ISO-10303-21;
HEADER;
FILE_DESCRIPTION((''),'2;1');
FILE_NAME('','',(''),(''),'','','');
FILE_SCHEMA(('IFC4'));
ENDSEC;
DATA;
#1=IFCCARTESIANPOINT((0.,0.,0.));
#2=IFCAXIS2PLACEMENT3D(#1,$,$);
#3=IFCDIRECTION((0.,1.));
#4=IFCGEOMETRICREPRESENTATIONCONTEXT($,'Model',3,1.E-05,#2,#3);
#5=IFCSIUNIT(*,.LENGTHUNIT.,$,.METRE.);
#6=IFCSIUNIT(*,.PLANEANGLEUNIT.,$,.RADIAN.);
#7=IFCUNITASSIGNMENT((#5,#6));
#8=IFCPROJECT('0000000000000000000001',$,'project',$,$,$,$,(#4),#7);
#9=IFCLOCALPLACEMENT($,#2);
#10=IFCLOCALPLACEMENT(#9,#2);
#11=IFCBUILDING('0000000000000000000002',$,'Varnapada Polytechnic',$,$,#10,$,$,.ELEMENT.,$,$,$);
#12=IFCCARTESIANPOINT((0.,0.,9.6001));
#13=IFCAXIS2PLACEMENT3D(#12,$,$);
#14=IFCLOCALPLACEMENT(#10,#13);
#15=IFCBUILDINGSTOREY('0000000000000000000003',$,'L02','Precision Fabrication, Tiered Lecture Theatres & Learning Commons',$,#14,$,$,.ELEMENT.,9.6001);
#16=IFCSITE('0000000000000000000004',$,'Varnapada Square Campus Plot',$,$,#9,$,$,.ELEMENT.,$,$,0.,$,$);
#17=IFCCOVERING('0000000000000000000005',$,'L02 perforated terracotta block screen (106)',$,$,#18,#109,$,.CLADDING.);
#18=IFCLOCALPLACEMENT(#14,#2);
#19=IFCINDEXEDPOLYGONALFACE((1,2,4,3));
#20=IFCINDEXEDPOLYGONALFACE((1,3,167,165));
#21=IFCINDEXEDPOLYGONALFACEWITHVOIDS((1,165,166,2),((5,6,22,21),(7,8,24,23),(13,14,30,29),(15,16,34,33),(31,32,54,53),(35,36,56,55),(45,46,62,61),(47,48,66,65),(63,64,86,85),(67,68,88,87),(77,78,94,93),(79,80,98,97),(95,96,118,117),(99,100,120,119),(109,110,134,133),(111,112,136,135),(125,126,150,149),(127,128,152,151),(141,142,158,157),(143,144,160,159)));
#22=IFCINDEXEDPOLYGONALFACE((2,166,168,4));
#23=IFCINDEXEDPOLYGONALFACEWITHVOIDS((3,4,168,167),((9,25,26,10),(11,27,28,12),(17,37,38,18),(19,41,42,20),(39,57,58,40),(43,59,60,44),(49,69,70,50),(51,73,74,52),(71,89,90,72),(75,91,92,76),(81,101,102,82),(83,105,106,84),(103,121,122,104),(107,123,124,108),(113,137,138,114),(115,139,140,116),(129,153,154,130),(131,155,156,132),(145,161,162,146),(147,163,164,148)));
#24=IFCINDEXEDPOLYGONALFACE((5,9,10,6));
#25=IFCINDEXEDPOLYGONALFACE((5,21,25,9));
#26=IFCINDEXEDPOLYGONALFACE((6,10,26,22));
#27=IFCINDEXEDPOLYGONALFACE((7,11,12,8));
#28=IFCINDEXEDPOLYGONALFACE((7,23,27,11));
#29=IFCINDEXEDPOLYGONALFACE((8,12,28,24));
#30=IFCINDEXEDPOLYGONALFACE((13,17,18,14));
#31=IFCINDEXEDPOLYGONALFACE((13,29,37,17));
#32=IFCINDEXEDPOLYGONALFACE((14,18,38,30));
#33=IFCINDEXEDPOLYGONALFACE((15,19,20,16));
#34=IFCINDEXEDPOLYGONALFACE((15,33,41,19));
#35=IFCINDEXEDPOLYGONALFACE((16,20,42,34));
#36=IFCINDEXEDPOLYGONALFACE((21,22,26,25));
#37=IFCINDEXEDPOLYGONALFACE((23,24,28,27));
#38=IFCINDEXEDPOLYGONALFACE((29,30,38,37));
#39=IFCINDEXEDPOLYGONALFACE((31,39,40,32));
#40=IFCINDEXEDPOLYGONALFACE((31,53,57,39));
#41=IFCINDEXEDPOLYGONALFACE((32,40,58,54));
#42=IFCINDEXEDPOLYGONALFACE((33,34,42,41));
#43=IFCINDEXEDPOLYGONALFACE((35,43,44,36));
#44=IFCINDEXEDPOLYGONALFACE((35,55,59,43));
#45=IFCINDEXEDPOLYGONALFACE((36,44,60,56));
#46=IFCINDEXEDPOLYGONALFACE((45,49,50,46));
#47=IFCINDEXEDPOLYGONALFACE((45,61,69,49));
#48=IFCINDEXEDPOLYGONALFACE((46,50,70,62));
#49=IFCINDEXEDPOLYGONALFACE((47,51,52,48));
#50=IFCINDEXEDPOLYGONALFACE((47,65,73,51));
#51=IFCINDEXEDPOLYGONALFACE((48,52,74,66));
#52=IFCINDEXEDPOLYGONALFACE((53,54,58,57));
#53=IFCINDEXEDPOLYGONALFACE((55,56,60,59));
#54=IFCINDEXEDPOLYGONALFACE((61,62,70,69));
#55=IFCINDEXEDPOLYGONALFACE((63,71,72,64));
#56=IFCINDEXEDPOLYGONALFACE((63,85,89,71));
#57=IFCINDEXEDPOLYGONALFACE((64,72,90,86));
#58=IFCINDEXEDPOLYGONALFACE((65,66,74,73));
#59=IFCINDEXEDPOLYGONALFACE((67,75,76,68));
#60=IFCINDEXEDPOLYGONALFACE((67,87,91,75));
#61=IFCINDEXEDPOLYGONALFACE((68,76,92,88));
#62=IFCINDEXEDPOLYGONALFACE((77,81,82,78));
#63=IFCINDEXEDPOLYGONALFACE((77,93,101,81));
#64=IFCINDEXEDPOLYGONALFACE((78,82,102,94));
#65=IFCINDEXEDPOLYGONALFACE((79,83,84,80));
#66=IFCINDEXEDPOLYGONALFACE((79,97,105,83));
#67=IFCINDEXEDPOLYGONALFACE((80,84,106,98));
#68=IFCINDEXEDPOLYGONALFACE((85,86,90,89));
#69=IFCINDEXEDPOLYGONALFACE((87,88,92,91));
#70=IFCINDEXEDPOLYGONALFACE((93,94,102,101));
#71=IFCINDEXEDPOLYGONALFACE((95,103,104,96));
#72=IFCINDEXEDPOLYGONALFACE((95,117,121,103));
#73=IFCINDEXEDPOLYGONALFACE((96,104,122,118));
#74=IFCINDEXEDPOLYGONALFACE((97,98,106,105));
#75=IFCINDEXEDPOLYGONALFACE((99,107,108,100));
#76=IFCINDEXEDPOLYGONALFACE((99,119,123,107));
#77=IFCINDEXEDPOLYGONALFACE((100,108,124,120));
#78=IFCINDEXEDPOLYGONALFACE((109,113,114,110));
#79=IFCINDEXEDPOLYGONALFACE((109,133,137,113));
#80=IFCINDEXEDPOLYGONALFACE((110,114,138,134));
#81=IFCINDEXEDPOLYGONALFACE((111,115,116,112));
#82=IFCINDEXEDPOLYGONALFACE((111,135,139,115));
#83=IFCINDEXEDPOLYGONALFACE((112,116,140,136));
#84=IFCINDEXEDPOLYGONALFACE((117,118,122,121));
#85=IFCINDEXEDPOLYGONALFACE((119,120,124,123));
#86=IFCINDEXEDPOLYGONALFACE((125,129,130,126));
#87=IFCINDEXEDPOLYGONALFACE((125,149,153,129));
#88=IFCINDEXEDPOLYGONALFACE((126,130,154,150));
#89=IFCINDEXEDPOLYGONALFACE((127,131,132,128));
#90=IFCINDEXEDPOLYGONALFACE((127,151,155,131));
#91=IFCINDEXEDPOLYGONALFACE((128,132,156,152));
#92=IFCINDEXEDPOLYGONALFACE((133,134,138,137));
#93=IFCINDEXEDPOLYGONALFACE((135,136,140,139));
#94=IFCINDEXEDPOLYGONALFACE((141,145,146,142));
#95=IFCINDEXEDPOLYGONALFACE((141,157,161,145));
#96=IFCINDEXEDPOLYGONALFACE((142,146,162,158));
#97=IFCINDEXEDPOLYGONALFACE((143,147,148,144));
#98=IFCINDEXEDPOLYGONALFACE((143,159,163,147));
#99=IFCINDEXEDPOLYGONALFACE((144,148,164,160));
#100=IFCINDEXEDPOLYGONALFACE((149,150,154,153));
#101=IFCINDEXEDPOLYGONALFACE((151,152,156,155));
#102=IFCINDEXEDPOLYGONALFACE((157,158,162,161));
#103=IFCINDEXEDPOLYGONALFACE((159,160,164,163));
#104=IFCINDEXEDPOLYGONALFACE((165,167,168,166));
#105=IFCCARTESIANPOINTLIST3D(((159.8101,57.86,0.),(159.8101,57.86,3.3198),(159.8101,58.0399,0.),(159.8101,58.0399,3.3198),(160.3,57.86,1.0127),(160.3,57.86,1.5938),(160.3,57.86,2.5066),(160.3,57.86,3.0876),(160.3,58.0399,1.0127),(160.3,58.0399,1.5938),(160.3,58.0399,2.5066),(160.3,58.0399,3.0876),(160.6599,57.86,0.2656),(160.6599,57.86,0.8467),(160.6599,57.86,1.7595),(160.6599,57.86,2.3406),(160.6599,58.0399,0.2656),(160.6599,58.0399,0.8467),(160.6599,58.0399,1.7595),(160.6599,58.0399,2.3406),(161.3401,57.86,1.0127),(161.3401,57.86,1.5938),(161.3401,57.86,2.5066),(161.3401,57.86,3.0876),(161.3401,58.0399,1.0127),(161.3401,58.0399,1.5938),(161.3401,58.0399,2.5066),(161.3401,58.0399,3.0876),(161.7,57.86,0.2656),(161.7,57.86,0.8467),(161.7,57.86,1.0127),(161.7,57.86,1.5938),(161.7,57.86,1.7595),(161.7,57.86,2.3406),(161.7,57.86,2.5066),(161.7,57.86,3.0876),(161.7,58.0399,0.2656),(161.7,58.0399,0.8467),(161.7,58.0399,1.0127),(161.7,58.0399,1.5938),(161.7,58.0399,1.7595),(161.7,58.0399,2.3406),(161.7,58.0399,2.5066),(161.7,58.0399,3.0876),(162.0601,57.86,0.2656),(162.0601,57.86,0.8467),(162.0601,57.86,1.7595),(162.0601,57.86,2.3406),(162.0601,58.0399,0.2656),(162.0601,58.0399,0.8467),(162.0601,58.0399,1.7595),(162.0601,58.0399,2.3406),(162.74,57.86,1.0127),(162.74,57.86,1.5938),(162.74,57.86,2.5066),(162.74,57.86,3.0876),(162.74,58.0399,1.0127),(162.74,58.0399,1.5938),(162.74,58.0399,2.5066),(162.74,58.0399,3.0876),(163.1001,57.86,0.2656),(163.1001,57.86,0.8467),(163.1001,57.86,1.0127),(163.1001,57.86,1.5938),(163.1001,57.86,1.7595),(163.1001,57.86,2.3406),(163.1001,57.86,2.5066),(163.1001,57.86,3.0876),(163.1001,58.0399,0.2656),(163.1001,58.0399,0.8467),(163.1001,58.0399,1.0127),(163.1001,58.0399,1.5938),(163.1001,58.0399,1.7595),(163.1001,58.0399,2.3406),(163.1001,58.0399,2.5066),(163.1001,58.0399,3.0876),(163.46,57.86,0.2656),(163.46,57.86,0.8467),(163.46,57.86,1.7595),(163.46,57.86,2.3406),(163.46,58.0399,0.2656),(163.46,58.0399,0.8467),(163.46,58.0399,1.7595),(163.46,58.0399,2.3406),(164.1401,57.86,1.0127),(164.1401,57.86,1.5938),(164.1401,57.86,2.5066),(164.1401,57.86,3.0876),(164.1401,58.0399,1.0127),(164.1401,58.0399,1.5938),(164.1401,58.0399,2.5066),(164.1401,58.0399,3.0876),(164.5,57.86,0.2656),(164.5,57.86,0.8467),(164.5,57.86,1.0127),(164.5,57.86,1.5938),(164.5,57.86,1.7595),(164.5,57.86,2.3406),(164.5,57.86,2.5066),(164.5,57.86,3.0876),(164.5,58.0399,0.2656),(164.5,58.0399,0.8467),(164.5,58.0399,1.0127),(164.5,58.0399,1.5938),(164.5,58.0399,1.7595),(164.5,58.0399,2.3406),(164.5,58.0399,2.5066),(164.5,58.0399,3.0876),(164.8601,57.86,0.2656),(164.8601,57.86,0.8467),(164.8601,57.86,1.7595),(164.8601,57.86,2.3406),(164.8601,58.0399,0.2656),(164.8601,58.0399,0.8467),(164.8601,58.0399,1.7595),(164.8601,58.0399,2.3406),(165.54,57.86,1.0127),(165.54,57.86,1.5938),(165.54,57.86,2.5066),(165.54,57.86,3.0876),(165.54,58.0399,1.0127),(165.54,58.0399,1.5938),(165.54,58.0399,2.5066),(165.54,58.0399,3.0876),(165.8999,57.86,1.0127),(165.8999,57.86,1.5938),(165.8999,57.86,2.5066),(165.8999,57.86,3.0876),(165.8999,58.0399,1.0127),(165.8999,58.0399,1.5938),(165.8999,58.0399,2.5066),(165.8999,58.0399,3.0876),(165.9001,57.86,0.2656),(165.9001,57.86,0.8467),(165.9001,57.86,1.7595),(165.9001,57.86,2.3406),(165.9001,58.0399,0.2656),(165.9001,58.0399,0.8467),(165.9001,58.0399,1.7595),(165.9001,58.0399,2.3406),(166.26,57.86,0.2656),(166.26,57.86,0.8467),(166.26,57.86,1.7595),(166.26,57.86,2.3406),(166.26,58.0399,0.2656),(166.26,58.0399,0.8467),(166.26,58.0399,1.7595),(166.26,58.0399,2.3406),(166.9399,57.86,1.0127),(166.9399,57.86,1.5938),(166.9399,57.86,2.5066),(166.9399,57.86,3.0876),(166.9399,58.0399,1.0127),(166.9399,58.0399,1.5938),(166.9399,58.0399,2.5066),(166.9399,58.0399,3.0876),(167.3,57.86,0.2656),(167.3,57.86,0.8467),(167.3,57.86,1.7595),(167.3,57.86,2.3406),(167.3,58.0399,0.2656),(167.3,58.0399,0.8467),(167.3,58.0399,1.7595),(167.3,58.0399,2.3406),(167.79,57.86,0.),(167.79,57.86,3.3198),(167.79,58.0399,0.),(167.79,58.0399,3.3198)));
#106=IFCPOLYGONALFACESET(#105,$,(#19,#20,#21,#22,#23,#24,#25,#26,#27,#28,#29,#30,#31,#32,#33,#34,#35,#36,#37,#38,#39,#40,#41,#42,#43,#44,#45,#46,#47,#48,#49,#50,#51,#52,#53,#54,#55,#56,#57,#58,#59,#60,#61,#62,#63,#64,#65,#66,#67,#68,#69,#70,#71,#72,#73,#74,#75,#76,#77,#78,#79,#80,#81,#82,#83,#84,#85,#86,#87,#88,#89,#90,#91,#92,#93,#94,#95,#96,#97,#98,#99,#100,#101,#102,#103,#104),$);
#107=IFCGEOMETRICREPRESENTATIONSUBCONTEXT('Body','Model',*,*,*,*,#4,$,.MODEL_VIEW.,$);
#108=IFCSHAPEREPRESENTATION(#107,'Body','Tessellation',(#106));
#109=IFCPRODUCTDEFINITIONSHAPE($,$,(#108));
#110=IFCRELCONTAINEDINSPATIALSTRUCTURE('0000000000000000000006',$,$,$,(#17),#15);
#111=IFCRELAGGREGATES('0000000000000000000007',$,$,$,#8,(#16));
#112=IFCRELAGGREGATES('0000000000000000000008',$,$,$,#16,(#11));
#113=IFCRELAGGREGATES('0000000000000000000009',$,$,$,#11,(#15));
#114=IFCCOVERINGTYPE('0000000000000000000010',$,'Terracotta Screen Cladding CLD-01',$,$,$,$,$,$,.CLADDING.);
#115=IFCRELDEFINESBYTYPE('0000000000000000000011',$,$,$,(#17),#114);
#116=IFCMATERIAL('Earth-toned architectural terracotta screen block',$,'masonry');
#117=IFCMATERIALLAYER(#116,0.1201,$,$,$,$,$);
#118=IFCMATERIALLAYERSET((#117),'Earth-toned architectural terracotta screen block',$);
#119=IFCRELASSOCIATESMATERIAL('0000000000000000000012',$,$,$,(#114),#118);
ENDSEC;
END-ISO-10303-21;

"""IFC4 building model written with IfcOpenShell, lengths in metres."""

from ifc_helpers import new_model, si_unit, direction, frame, frame_2d, origin, place, context, subcontext, project, spatial, rectangle, extrude, material, layer, layer_set, type_object, element, save


model = new_model("IFC4")

# Units and contexts
model_context = context("Model", 3, precision=1e-05, world=origin(), true_north=direction((0.0, 1.0)))
body_context = subcontext(model_context, "Body", "Model", "MODEL_VIEW")
ifc_project = project(units=[si_unit("LENGTHUNIT", "METRE"), si_unit("PLANEANGLEUNIT", "RADIAN")], contexts=[model_context])

# Site, building, storey
site_placement = place(None, origin())
site = spatial("IfcSite", under=ifc_project, at=site_placement, Name="Varnapada Square Campus Plot", CompositionType="ELEMENT", RefElevation=0.0)
building_placement = place(site_placement, origin())
building = spatial("IfcBuilding", under=site, at=building_placement, Name="Varnapada Polytechnic", CompositionType="ELEMENT")
storey_placement = place(building_placement, frame((0.0, 0.0, 9.6001)))
storey = spatial("IfcBuildingStorey", under=building, at=storey_placement, Name="L02", Description="Precision Fabrication, Tiered Lecture Theatres & Learning Commons", CompositionType="ELEMENT", Elevation=9.6001)

# Covering, openings
ifc_material_1 = material(Name="Earth-toned architectural terracotta screen block", Category="masonry")
ifc_layer_1 = layer(ifc_material_1, 0.1201)
ifc_layer_set_1 = layer_set([ifc_layer_1], Name="Earth-toned architectural terracotta screen block")
covering_type = type_object("IfcCoveringType", Name="Terracotta Screen Cladding CLD-01", PredefinedType="CLADDING", material=ifc_layer_set_1)
covering_placement = place(storey_placement, frame((167.79, 57.95, 0.0), z_axis=(0.0, 0.0, 1.0), x_axis=(-1.0, 0.0, 0.0)))
covering = element("IfcCovering", 1, at=covering_placement, inside=storey, type_object=covering_type, Name="L02 perforated terracotta block screen (106)", PredefinedType="CLADDING", context=body_context, shape_type="SweptSolid", body=[
    extrude(rectangle(XDim=7.98, YDim=0.1799, at=frame_2d((3.99, 0.0))), origin(), (0.0, 0.0, 1.0), 3.3198),
])
opening_1_placement = place(covering_placement, frame((0.49, 0.0, 0.2656)))
element("IfcOpeningElement", 2, at=opening_1_placement, cuts=covering, PredefinedType="OPENING", context=body_context, shape_type="SweptSolid", body=[
    extrude(rectangle(XDim=1.04, YDim=0.5811, at=frame_2d((0.52, 0.2905))), frame((0.0, 0.0999, 0.0), z_axis=(0.0, -1.0, 0.0), x_axis=(1.0, 0.0, 0.0)), (0.0, 0.0, 1.0), 0.2),
])
opening_2_placement = place(covering_placement, frame((1.8899, 0.0, 0.2656)))
element("IfcOpeningElement", 3, at=opening_2_placement, cuts=covering, PredefinedType="OPENING", context=body_context, shape_type="SweptSolid", body=[
    extrude(rectangle(XDim=1.04, YDim=0.5811, at=frame_2d((0.52, 0.2905))), frame((0.0, 0.0999, 0.0), z_axis=(0.0, -1.0, 0.0), x_axis=(1.0, 0.0, 0.0)), (0.0, 0.0, 1.0), 0.2),
])
opening_3_placement = place(covering_placement, frame((3.29, 0.0, 0.2656)))
element("IfcOpeningElement", 4, at=opening_3_placement, cuts=covering, PredefinedType="OPENING", context=body_context, shape_type="SweptSolid", body=[
    extrude(rectangle(XDim=1.04, YDim=0.5811, at=frame_2d((0.52, 0.2905))), frame((0.0, 0.0999, 0.0), z_axis=(0.0, -1.0, 0.0), x_axis=(1.0, 0.0, 0.0)), (0.0, 0.0, 1.0), 0.2),
])
opening_4_placement = place(covering_placement, frame((4.6899, 0.0, 0.2656)))
element("IfcOpeningElement", 5, at=opening_4_placement, cuts=covering, PredefinedType="OPENING", context=body_context, shape_type="SweptSolid", body=[
    extrude(rectangle(XDim=1.04, YDim=0.5811, at=frame_2d((0.52, 0.2905))), frame((0.0, 0.0999, 0.0), z_axis=(0.0, -1.0, 0.0), x_axis=(1.0, 0.0, 0.0)), (0.0, 0.0, 1.0), 0.2),
])
opening_5_placement = place(covering_placement, frame((6.0901, 0.0, 0.2656)))
element("IfcOpeningElement", 6, at=opening_5_placement, cuts=covering, PredefinedType="OPENING", context=body_context, shape_type="SweptSolid", body=[
    extrude(rectangle(XDim=1.04, YDim=0.5811, at=frame_2d((0.52, 0.2905))), frame((0.0, 0.0999, 0.0), z_axis=(0.0, -1.0, 0.0), x_axis=(1.0, 0.0, 0.0)), (0.0, 0.0, 1.0), 0.2),
])
opening_6_placement = place(covering_placement, frame((0.8501, 0.0, 1.0127)))
element("IfcOpeningElement", 7, at=opening_6_placement, cuts=covering, PredefinedType="OPENING", context=body_context, shape_type="SweptSolid", body=[
    extrude(rectangle(XDim=1.04, YDim=0.5811, at=frame_2d((0.52, 0.2905))), frame((0.0, 0.0999, 0.0), z_axis=(0.0, -1.0, 0.0), x_axis=(1.0, 0.0, 0.0)), (0.0, 0.0, 1.0), 0.2),
])
opening_7_placement = place(covering_placement, frame((2.25, 0.0, 1.0127)))
element("IfcOpeningElement", 8, at=opening_7_placement, cuts=covering, PredefinedType="OPENING", context=body_context, shape_type="SweptSolid", body=[
    extrude(rectangle(XDim=1.04, YDim=0.5811, at=frame_2d((0.52, 0.2905))), frame((0.0, 0.0999, 0.0), z_axis=(0.0, -1.0, 0.0), x_axis=(1.0, 0.0, 0.0)), (0.0, 0.0, 1.0), 0.2),
])
opening_8_placement = place(covering_placement, frame((3.6499, 0.0, 1.0127)))
element("IfcOpeningElement", 9, at=opening_8_placement, cuts=covering, PredefinedType="OPENING", context=body_context, shape_type="SweptSolid", body=[
    extrude(rectangle(XDim=1.04, YDim=0.5811, at=frame_2d((0.52, 0.2905))), frame((0.0, 0.0999, 0.0), z_axis=(0.0, -1.0, 0.0), x_axis=(1.0, 0.0, 0.0)), (0.0, 0.0, 1.0), 0.2),
])
opening_9_placement = place(covering_placement, frame((5.05, 0.0, 1.0127)))
element("IfcOpeningElement", 10, at=opening_9_placement, cuts=covering, PredefinedType="OPENING", context=body_context, shape_type="SweptSolid", body=[
    extrude(rectangle(XDim=1.04, YDim=0.5811, at=frame_2d((0.52, 0.2905))), frame((0.0, 0.0999, 0.0), z_axis=(0.0, -1.0, 0.0), x_axis=(1.0, 0.0, 0.0)), (0.0, 0.0, 1.0), 0.2),
])
opening_10_placement = place(covering_placement, frame((6.45, 0.0, 1.0127)))
element("IfcOpeningElement", 11, at=opening_10_placement, cuts=covering, PredefinedType="OPENING", context=body_context, shape_type="SweptSolid", body=[
    extrude(rectangle(XDim=1.04, YDim=0.5811, at=frame_2d((0.52, 0.2905))), frame((0.0, 0.0999, 0.0), z_axis=(0.0, -1.0, 0.0), x_axis=(1.0, 0.0, 0.0)), (0.0, 0.0, 1.0), 0.2),
])
opening_11_placement = place(covering_placement, frame((0.49, 0.0, 1.7595)))
element("IfcOpeningElement", 12, at=opening_11_placement, cuts=covering, PredefinedType="OPENING", context=body_context, shape_type="SweptSolid", body=[
    extrude(rectangle(XDim=1.04, YDim=0.5811, at=frame_2d((0.52, 0.2905))), frame((0.0, 0.0999, 0.0), z_axis=(0.0, -1.0, 0.0), x_axis=(1.0, 0.0, 0.0)), (0.0, 0.0, 1.0), 0.2),
])
opening_12_placement = place(covering_placement, frame((1.8899, 0.0, 1.7595)))
element("IfcOpeningElement", 13, at=opening_12_placement, cuts=covering, PredefinedType="OPENING", context=body_context, shape_type="SweptSolid", body=[
    extrude(rectangle(XDim=1.04, YDim=0.5811, at=frame_2d((0.52, 0.2905))), frame((0.0, 0.0999, 0.0), z_axis=(0.0, -1.0, 0.0), x_axis=(1.0, 0.0, 0.0)), (0.0, 0.0, 1.0), 0.2),
])
opening_13_placement = place(covering_placement, frame((3.29, 0.0, 1.7595)))
element("IfcOpeningElement", 14, at=opening_13_placement, cuts=covering, PredefinedType="OPENING", context=body_context, shape_type="SweptSolid", body=[
    extrude(rectangle(XDim=1.04, YDim=0.5811, at=frame_2d((0.52, 0.2905))), frame((0.0, 0.0999, 0.0), z_axis=(0.0, -1.0, 0.0), x_axis=(1.0, 0.0, 0.0)), (0.0, 0.0, 1.0), 0.2),
])
opening_14_placement = place(covering_placement, frame((4.6899, 0.0, 1.7595)))
element("IfcOpeningElement", 15, at=opening_14_placement, cuts=covering, PredefinedType="OPENING", context=body_context, shape_type="SweptSolid", body=[
    extrude(rectangle(XDim=1.04, YDim=0.5811, at=frame_2d((0.52, 0.2905))), frame((0.0, 0.0999, 0.0), z_axis=(0.0, -1.0, 0.0), x_axis=(1.0, 0.0, 0.0)), (0.0, 0.0, 1.0), 0.2),
])
opening_15_placement = place(covering_placement, frame((6.0901, 0.0, 1.7595)))
element("IfcOpeningElement", 16, at=opening_15_placement, cuts=covering, PredefinedType="OPENING", context=body_context, shape_type="SweptSolid", body=[
    extrude(rectangle(XDim=1.04, YDim=0.5811, at=frame_2d((0.52, 0.2905))), frame((0.0, 0.0999, 0.0), z_axis=(0.0, -1.0, 0.0), x_axis=(1.0, 0.0, 0.0)), (0.0, 0.0, 1.0), 0.2),
])
opening_16_placement = place(covering_placement, frame((0.8501, 0.0, 2.5066)))
element("IfcOpeningElement", 17, at=opening_16_placement, cuts=covering, PredefinedType="OPENING", context=body_context, shape_type="SweptSolid", body=[
    extrude(rectangle(XDim=1.04, YDim=0.5811, at=frame_2d((0.52, 0.2905))), frame((0.0, 0.0999, 0.0), z_axis=(0.0, -1.0, 0.0), x_axis=(1.0, 0.0, 0.0)), (0.0, 0.0, 1.0), 0.2),
])
opening_17_placement = place(covering_placement, frame((2.25, 0.0, 2.5066)))
element("IfcOpeningElement", 18, at=opening_17_placement, cuts=covering, PredefinedType="OPENING", context=body_context, shape_type="SweptSolid", body=[
    extrude(rectangle(XDim=1.04, YDim=0.5811, at=frame_2d((0.52, 0.2905))), frame((0.0, 0.0999, 0.0), z_axis=(0.0, -1.0, 0.0), x_axis=(1.0, 0.0, 0.0)), (0.0, 0.0, 1.0), 0.2),
])
opening_18_placement = place(covering_placement, frame((3.6499, 0.0, 2.5066)))
element("IfcOpeningElement", 19, at=opening_18_placement, cuts=covering, PredefinedType="OPENING", context=body_context, shape_type="SweptSolid", body=[
    extrude(rectangle(XDim=1.04, YDim=0.5811, at=frame_2d((0.52, 0.2905))), frame((0.0, 0.0999, 0.0), z_axis=(0.0, -1.0, 0.0), x_axis=(1.0, 0.0, 0.0)), (0.0, 0.0, 1.0), 0.2),
])
opening_19_placement = place(covering_placement, frame((5.05, 0.0, 2.5066)))
element("IfcOpeningElement", 20, at=opening_19_placement, cuts=covering, PredefinedType="OPENING", context=body_context, shape_type="SweptSolid", body=[
    extrude(rectangle(XDim=1.04, YDim=0.5811, at=frame_2d((0.52, 0.2905))), frame((0.0, 0.0999, 0.0), z_axis=(0.0, -1.0, 0.0), x_axis=(1.0, 0.0, 0.0)), (0.0, 0.0, 1.0), 0.2),
])
opening_20_placement = place(covering_placement, frame((6.45, 0.0, 2.5066)))
element("IfcOpeningElement", 21, at=opening_20_placement, cuts=covering, PredefinedType="OPENING", context=body_context, shape_type="SweptSolid", body=[
    extrude(rectangle(XDim=1.04, YDim=0.5811, at=frame_2d((0.52, 0.2905))), frame((0.0, 0.0999, 0.0), z_axis=(0.0, -1.0, 0.0), x_axis=(1.0, 0.0, 0.0)), (0.0, 0.0, 1.0), 0.2),
])

save(model, "model.ifc")
